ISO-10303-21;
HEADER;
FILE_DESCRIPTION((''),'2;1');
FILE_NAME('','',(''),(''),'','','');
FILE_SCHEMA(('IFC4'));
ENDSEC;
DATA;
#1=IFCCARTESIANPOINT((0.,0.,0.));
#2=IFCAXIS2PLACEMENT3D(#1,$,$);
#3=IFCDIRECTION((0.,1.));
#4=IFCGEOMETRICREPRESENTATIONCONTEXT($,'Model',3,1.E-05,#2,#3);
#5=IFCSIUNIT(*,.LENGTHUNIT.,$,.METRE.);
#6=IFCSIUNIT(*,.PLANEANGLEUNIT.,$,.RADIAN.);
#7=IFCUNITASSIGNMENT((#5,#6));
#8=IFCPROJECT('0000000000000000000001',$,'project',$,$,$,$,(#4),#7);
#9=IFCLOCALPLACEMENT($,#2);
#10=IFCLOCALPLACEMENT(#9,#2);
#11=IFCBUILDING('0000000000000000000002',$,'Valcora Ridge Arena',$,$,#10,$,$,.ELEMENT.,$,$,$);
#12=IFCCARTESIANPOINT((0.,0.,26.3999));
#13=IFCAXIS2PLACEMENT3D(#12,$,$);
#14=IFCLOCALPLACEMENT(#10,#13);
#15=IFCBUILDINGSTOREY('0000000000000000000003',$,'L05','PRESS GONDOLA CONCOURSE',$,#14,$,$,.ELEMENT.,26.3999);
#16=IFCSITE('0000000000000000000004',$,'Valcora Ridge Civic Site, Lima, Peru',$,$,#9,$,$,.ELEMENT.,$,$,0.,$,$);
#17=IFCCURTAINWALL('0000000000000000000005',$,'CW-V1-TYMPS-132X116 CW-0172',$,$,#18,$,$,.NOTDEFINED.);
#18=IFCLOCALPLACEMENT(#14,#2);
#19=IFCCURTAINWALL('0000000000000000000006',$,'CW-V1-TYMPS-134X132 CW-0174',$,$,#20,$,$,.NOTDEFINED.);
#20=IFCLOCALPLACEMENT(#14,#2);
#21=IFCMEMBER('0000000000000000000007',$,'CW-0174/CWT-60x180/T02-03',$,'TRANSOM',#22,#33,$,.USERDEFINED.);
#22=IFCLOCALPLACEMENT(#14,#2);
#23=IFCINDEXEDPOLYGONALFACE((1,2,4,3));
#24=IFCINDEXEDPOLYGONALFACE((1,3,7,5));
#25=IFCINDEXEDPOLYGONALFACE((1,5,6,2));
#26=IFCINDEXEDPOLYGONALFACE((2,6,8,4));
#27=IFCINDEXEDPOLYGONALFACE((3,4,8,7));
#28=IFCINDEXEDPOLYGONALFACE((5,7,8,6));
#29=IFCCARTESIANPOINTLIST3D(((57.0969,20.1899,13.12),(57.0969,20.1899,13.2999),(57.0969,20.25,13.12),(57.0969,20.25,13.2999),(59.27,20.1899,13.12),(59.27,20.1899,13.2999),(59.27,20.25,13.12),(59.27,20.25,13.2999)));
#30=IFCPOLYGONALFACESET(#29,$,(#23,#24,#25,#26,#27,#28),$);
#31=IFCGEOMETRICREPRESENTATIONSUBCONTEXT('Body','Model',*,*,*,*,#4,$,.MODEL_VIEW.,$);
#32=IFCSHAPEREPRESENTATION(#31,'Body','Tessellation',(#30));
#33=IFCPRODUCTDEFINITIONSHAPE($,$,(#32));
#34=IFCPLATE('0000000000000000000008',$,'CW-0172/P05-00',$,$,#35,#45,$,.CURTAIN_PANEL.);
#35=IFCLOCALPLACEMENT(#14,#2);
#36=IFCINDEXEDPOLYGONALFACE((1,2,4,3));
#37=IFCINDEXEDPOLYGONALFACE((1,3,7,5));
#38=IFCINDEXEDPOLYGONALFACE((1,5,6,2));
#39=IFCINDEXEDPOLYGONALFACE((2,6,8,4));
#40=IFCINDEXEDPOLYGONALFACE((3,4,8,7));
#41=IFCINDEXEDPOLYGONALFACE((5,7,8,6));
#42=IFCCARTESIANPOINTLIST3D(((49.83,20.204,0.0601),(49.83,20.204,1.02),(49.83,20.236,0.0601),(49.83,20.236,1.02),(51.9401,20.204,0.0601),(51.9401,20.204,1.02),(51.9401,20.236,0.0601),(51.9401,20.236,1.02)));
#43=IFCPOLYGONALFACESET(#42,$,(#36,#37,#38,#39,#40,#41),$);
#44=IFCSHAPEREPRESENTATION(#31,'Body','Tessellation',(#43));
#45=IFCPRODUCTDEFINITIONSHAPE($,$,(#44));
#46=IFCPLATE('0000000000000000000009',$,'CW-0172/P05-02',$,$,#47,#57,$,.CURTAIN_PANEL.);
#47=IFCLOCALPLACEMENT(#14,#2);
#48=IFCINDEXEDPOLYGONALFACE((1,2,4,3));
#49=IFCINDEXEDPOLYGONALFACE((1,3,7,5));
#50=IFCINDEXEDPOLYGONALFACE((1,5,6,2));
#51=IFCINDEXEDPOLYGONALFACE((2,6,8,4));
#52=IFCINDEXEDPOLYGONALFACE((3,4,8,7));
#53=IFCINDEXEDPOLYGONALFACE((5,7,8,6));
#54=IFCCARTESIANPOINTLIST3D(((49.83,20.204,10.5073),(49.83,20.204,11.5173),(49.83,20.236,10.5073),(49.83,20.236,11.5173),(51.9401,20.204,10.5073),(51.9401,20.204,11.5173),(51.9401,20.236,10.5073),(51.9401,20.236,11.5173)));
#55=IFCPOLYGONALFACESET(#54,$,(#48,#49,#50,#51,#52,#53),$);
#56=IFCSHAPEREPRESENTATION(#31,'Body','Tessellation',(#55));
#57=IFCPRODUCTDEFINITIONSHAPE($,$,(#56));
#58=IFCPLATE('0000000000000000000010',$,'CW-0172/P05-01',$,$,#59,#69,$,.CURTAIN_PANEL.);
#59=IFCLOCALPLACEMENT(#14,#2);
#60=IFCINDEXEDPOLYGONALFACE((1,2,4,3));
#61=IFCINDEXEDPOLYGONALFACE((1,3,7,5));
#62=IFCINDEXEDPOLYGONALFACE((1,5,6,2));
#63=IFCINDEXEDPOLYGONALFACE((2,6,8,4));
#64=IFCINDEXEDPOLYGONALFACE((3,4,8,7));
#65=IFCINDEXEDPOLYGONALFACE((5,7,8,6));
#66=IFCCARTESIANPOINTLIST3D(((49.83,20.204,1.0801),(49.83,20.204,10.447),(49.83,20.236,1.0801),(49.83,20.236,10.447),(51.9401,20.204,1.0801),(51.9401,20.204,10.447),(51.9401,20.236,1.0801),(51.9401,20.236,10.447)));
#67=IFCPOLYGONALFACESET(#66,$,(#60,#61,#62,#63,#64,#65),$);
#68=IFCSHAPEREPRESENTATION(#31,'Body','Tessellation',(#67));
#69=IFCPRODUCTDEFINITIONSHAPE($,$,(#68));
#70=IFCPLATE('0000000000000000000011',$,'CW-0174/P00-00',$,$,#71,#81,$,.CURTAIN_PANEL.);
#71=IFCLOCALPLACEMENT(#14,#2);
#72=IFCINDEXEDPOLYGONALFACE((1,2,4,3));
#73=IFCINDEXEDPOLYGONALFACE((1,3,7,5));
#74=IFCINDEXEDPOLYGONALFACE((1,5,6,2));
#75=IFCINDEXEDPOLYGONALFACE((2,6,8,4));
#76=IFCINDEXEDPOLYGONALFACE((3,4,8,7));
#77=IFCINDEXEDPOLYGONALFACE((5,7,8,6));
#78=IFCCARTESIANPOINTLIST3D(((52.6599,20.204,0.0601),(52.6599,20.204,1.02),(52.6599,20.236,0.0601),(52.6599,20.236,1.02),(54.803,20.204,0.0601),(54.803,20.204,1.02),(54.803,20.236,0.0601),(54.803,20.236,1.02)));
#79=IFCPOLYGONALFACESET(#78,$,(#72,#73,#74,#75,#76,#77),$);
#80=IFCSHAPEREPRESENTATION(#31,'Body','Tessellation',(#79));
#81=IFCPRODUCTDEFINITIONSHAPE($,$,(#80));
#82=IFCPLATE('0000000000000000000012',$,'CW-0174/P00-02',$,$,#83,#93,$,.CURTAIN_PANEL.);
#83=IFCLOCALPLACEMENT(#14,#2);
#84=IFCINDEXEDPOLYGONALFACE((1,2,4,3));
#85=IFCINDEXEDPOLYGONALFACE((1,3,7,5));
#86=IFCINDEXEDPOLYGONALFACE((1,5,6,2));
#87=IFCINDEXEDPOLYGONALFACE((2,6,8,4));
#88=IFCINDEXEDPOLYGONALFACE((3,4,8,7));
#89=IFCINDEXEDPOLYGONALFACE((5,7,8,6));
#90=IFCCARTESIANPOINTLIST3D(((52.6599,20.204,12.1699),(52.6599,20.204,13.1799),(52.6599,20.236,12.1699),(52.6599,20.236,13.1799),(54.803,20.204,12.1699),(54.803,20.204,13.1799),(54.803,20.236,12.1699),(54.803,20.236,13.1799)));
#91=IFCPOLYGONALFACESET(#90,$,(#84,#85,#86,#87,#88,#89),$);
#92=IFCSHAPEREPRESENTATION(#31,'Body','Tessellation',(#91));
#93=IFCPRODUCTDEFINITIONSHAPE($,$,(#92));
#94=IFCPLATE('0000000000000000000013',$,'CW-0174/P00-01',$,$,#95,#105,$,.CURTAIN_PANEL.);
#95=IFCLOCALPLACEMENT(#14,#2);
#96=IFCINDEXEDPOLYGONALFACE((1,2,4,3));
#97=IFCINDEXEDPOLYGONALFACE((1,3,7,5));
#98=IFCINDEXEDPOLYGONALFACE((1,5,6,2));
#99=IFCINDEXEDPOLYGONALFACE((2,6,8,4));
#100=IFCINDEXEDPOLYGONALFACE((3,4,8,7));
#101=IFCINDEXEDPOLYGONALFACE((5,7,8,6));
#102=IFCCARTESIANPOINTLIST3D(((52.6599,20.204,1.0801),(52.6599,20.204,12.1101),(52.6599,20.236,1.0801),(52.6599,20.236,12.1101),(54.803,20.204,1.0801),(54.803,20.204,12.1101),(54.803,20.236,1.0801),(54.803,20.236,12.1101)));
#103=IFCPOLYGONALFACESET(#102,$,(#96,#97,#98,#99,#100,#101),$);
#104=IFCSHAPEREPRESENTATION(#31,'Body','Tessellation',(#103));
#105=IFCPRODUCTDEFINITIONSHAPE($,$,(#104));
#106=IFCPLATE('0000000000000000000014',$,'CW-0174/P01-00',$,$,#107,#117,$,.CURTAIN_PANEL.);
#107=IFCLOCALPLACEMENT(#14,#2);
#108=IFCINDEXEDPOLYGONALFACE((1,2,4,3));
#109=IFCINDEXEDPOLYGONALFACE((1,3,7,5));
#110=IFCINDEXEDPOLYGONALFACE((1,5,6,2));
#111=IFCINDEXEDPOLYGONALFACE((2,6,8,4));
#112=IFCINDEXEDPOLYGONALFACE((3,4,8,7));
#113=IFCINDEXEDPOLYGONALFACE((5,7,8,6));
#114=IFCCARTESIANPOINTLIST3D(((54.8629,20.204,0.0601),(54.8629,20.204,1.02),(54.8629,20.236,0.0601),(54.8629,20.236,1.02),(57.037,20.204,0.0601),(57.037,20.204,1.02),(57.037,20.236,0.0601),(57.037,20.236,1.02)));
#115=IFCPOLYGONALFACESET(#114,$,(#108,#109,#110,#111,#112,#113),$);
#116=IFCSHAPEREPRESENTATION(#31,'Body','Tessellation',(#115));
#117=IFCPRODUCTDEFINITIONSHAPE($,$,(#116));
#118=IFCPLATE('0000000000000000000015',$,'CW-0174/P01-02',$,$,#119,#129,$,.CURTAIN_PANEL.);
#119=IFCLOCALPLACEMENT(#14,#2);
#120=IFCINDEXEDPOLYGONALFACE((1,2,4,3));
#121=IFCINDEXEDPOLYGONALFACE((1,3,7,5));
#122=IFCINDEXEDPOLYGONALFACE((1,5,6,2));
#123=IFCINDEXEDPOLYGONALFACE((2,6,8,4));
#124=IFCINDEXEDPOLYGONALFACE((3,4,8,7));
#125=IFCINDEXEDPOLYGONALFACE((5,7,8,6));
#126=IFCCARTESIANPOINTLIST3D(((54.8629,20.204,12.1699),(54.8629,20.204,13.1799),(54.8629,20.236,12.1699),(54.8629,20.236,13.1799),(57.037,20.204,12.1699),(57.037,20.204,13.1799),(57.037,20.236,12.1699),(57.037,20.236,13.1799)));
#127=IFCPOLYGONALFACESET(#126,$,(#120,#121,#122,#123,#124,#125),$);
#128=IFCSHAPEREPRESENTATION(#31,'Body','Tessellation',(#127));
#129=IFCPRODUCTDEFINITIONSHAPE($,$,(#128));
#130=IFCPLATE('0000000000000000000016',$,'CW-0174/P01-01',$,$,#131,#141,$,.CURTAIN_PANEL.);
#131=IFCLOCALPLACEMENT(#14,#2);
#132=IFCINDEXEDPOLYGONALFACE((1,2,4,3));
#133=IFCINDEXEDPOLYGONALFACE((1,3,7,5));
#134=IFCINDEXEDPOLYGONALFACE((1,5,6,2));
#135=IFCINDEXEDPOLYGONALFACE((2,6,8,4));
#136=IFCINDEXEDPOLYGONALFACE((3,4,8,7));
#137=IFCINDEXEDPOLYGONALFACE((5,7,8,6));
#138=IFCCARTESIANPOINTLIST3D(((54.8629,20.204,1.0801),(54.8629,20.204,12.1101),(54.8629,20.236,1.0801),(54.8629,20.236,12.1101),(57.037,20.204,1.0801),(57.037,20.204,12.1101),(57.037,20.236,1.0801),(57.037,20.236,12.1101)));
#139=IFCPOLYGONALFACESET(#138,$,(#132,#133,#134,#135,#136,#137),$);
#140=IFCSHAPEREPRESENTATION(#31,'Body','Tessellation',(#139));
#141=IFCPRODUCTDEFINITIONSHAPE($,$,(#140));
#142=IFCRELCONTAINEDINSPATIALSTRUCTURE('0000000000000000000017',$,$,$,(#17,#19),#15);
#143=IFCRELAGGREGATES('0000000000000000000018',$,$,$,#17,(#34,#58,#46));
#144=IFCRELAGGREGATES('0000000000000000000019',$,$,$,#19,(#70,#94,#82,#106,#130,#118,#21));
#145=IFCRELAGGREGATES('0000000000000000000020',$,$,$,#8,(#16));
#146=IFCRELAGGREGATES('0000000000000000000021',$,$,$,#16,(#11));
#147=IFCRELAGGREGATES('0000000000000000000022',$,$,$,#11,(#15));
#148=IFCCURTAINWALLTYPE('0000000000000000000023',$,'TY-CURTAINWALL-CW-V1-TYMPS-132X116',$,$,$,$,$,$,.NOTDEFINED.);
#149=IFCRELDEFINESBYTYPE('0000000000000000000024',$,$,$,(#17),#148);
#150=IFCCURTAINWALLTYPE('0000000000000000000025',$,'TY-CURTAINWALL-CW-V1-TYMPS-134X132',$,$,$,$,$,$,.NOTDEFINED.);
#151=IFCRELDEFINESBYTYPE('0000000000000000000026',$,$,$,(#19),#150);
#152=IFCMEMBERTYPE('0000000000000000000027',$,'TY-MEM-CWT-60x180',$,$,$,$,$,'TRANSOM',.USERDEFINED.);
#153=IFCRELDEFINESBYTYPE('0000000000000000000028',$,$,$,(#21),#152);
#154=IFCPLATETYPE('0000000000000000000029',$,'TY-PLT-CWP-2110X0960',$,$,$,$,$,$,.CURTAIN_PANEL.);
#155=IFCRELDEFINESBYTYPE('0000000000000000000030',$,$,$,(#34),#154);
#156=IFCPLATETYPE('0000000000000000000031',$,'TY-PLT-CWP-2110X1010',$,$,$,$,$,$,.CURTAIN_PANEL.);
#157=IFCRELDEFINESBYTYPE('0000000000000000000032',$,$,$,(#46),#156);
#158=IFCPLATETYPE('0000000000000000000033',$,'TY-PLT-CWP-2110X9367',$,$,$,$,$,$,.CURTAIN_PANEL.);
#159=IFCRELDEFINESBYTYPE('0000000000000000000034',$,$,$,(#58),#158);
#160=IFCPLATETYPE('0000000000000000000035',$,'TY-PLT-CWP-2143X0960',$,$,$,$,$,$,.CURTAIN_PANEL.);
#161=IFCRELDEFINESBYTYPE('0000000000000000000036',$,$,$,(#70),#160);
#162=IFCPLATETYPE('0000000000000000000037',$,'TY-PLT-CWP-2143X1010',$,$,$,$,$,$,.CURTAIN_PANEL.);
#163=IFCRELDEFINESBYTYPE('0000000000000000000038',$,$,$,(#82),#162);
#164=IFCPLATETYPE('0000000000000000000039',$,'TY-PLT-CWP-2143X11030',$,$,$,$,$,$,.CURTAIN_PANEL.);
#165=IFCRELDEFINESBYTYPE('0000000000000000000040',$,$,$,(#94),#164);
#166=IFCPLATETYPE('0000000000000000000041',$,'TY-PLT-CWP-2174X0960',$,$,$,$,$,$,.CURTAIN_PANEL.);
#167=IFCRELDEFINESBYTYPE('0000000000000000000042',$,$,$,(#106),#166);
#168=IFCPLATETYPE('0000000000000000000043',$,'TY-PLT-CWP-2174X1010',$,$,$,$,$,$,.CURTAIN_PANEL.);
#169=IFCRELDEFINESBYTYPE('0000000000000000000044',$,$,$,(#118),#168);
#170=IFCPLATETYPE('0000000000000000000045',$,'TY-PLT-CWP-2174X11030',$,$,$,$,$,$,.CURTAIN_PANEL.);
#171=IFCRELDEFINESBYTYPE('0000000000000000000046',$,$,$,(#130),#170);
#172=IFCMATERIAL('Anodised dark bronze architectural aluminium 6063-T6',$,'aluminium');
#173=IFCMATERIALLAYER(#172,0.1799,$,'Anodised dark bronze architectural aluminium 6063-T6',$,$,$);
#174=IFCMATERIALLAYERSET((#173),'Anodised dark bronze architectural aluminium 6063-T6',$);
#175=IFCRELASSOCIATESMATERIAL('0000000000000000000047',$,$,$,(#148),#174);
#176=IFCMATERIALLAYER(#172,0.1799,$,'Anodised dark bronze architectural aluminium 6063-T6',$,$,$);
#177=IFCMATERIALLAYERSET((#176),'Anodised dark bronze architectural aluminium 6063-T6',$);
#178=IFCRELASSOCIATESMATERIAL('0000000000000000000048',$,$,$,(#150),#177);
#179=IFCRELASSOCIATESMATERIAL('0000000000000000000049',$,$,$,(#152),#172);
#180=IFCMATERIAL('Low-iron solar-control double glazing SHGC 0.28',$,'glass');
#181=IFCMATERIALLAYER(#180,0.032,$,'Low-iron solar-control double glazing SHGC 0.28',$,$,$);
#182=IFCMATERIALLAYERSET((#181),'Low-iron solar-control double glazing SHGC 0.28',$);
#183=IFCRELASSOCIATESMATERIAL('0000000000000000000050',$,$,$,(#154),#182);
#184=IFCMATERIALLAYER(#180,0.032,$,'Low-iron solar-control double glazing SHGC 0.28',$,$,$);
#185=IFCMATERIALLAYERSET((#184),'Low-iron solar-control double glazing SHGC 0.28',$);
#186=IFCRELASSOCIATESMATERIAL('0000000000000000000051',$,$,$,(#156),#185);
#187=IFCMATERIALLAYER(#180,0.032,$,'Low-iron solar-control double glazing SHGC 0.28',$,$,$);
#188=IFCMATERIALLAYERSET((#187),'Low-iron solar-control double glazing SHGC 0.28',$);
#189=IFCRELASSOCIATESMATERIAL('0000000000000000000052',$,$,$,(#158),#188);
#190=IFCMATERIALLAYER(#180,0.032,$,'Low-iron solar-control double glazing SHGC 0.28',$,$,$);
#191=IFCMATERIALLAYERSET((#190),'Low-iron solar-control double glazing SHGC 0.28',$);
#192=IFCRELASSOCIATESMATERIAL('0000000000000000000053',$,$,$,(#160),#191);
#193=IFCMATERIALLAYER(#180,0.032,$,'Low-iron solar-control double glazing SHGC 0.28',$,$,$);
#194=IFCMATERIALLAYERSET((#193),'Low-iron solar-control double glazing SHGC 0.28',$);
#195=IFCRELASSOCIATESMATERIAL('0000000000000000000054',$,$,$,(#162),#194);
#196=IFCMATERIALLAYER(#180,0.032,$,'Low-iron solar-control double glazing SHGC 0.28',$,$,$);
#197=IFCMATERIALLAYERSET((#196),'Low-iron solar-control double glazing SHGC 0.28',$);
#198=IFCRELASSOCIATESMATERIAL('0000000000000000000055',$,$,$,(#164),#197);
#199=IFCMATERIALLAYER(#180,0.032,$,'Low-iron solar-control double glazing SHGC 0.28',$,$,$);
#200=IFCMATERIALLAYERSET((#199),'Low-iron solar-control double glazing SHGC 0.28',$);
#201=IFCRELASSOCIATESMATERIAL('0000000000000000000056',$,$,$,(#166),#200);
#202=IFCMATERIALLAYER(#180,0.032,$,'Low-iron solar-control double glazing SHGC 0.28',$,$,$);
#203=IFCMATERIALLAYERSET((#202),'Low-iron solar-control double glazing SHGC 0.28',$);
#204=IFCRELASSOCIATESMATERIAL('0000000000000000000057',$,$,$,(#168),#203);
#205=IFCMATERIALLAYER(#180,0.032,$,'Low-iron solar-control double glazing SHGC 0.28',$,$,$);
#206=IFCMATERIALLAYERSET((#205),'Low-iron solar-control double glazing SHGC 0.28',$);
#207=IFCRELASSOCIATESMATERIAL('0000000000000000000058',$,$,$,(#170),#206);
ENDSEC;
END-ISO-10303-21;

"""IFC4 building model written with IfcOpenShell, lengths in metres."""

from ifc_helpers import new_model, si_unit, direction, frame, origin, origin_2d, place, context, subcontext, project, spatial, rectangle, extrude, material, layer, layer_set, material_profile, profile_set, type_object, element, aggregate, save


model = new_model("IFC4")

# Units and contexts
model_context = context("Model", 3, precision=1e-05, world=origin(), true_north=direction((0.0, 1.0)))
body_context = subcontext(model_context, "Body", "Model", "MODEL_VIEW")
ifc_project = project(units=[si_unit("LENGTHUNIT", "METRE"), si_unit("PLANEANGLEUNIT", "RADIAN")], contexts=[model_context])

# Site, building, storey
site_placement = place(None, origin())
site = spatial("IfcSite", under=ifc_project, at=site_placement, Name="Valcora Ridge Civic Site, Lima, Peru", CompositionType="ELEMENT", RefElevation=0.0)
building_placement = place(site_placement, origin())
building = spatial("IfcBuilding", under=site, at=building_placement, Name="Valcora Ridge Arena", CompositionType="ELEMENT")
storey_placement = place(building_placement, frame((0.0, 0.0, 26.3999)))
storey = spatial("IfcBuildingStorey", under=building, at=storey_placement, Name="L05", Description="PRESS GONDOLA CONCOURSE", CompositionType="ELEMENT", Elevation=26.3999)

# Curtain wall
ifc_material_1 = material(Name="Anodised dark bronze architectural aluminium 6063-T6", Category="aluminium")
ifc_layer_1 = layer(ifc_material_1, 0.1799, Name="Anodised dark bronze architectural aluminium 6063-T6")
ifc_layer_set_1 = layer_set([ifc_layer_1], Name="Anodised dark bronze architectural aluminium 6063-T6")
curtain_wall_type_1 = type_object("IfcCurtainWallType", Name="TY-CURTAINWALL-CW-V1-TYMPS-132X116", PredefinedType="NOTDEFINED", material=ifc_layer_set_1)
curtain_wall_1_placement = place(storey_placement, origin())
curtain_wall_1 = element("IfcCurtainWall", 1, at=curtain_wall_1_placement, inside=storey, type_object=curtain_wall_type_1, Name="CW-V1-TYMPS-132X116 CW-0172", PredefinedType="NOTDEFINED")

# Curtain wall, member
ifc_layer_2 = layer(ifc_material_1, 0.1799, Name="Anodised dark bronze architectural aluminium 6063-T6")
ifc_layer_set_2 = layer_set([ifc_layer_2], Name="Anodised dark bronze architectural aluminium 6063-T6")
curtain_wall_type_2 = type_object("IfcCurtainWallType", Name="TY-CURTAINWALL-CW-V1-TYMPS-134X132", PredefinedType="NOTDEFINED", material=ifc_layer_set_2)
curtain_wall_2_placement = place(storey_placement, origin())
curtain_wall_2 = element("IfcCurtainWall", 2, at=curtain_wall_2_placement, inside=storey, type_object=curtain_wall_type_2, Name="CW-V1-TYMPS-134X132 CW-0174", PredefinedType="NOTDEFINED")
ifc_material_profile_1 = material_profile(ifc_material_1, rectangle(XDim=0.0601, YDim=0.1799, at=origin_2d()), Name="ALU TRANSOM 60x180")
ifc_profile_set_1 = profile_set([ifc_material_profile_1], Name="Anodised dark bronze architectural aluminium 6063-T6")
member_type_1 = type_object("IfcMemberType", Name="TY-MEM-CWT-60x180", ElementType="TRANSOM", PredefinedType="USERDEFINED", material=ifc_profile_set_1)
member_1_placement = place(storey_placement, frame((57.0969, 20.22, 13.21), z_axis=(1.0, 0.0, 0.0), x_axis=(0.0, 1.0, 0.0)))
member_1 = element("IfcMember", 3, at=member_1_placement, type_object=member_type_1, Name="CW-0174/CWT-60x180/T02-03", ObjectType="TRANSOM", PredefinedType="USERDEFINED", context=body_context, shape_type="SweptSolid", body=[
    extrude(rectangle(XDim=0.0601, YDim=0.1799, at=origin_2d()), origin(), (0.0, 0.0, 1.0), 2.1731),
])

# Plates
ifc_material_2 = material(Name="Low-iron solar-control double glazing SHGC 0.28", Category="glass")
ifc_layer_3 = layer(ifc_material_2, 0.032, Name="Low-iron solar-control double glazing SHGC 0.28")
ifc_layer_set_3 = layer_set([ifc_layer_3], Name="Low-iron solar-control double glazing SHGC 0.28")
plate_type_1 = type_object("IfcPlateType", Name="TY-PLT-CWP-2110X0960", PredefinedType="CURTAIN_PANEL", material=ifc_layer_set_3)
plate_1_placement = place(storey_placement, frame((50.885, 20.22, 0.0601), z_axis=(0.0, 0.0, 1.0), x_axis=(1.0, 0.0, 0.0)))
plate_1 = element("IfcPlate", 4, at=plate_1_placement, type_object=plate_type_1, Name="CW-0172/P05-00", PredefinedType="CURTAIN_PANEL", context=body_context, shape_type="SweptSolid", body=[
    extrude(rectangle(XDim=2.1101, YDim=0.032, at=origin_2d()), origin(), (0.0, 0.0, 1.0), 0.96),
])
ifc_layer_4 = layer(ifc_material_2, 0.032, Name="Low-iron solar-control double glazing SHGC 0.28")
ifc_layer_set_4 = layer_set([ifc_layer_4], Name="Low-iron solar-control double glazing SHGC 0.28")
plate_type_2 = type_object("IfcPlateType", Name="TY-PLT-CWP-2110X1010", PredefinedType="CURTAIN_PANEL", material=ifc_layer_set_4)
plate_2_placement = place(storey_placement, frame((50.885, 20.22, 10.5073), z_axis=(0.0, 0.0, 1.0), x_axis=(1.0, 0.0, 0.0)))
plate_2 = element("IfcPlate", 5, at=plate_2_placement, type_object=plate_type_2, Name="CW-0172/P05-02", PredefinedType="CURTAIN_PANEL", context=body_context, shape_type="SweptSolid", body=[
    extrude(rectangle(XDim=2.1101, YDim=0.032, at=origin_2d()), origin(), (0.0, 0.0, 1.0), 1.01),
])
ifc_layer_5 = layer(ifc_material_2, 0.032, Name="Low-iron solar-control double glazing SHGC 0.28")
ifc_layer_set_5 = layer_set([ifc_layer_5], Name="Low-iron solar-control double glazing SHGC 0.28")
plate_type_3 = type_object("IfcPlateType", Name="TY-PLT-CWP-2110X9367", PredefinedType="CURTAIN_PANEL", material=ifc_layer_set_5)
plate_3_placement = place(storey_placement, frame((50.885, 20.22, 1.0801), z_axis=(0.0, 0.0, 1.0), x_axis=(1.0, 0.0, 0.0)))
plate_3 = element("IfcPlate", 6, at=plate_3_placement, type_object=plate_type_3, Name="CW-0172/P05-01", PredefinedType="CURTAIN_PANEL", context=body_context, shape_type="SweptSolid", body=[
    extrude(rectangle(XDim=2.1101, YDim=0.032, at=origin_2d()), origin(), (0.0, 0.0, 1.0), 9.3669),
])
aggregate(curtain_wall_1, [plate_1, plate_3, plate_2])
ifc_layer_6 = layer(ifc_material_2, 0.032, Name="Low-iron solar-control double glazing SHGC 0.28")
ifc_layer_set_6 = layer_set([ifc_layer_6], Name="Low-iron solar-control double glazing SHGC 0.28")
plate_type_4 = type_object("IfcPlateType", Name="TY-PLT-CWP-2143X0960", PredefinedType="CURTAIN_PANEL", material=ifc_layer_set_6)
plate_4_placement = place(storey_placement, frame((53.7314, 20.22, 0.0601), z_axis=(0.0, 0.0, 1.0), x_axis=(1.0, 0.0, 0.0)))
plate_4 = element("IfcPlate", 7, at=plate_4_placement, type_object=plate_type_4, Name="CW-0174/P00-00", PredefinedType="CURTAIN_PANEL", context=body_context, shape_type="SweptSolid", body=[
    extrude(rectangle(XDim=2.1431, YDim=0.032, at=origin_2d()), origin(), (0.0, 0.0, 1.0), 0.96),
])
ifc_layer_7 = layer(ifc_material_2, 0.032, Name="Low-iron solar-control double glazing SHGC 0.28")
ifc_layer_set_7 = layer_set([ifc_layer_7], Name="Low-iron solar-control double glazing SHGC 0.28")
plate_type_5 = type_object("IfcPlateType", Name="TY-PLT-CWP-2143X1010", PredefinedType="CURTAIN_PANEL", material=ifc_layer_set_7)
plate_5_placement = place(storey_placement, frame((53.7314, 20.22, 12.1699), z_axis=(0.0, 0.0, 1.0), x_axis=(1.0, 0.0, 0.0)))
plate_5 = element("IfcPlate", 8, at=plate_5_placement, type_object=plate_type_5, Name="CW-0174/P00-02", PredefinedType="CURTAIN_PANEL", context=body_context, shape_type="SweptSolid", body=[
    extrude(rectangle(XDim=2.1431, YDim=0.032, at=origin_2d()), origin(), (0.0, 0.0, 1.0), 1.01),
])
ifc_layer_8 = layer(ifc_material_2, 0.032, Name="Low-iron solar-control double glazing SHGC 0.28")
ifc_layer_set_8 = layer_set([ifc_layer_8], Name="Low-iron solar-control double glazing SHGC 0.28")
plate_type_6 = type_object("IfcPlateType", Name="TY-PLT-CWP-2143X11030", PredefinedType="CURTAIN_PANEL", material=ifc_layer_set_8)
plate_6_placement = place(storey_placement, frame((53.7314, 20.22, 1.0801), z_axis=(0.0, 0.0, 1.0), x_axis=(1.0, 0.0, 0.0)))
plate_6 = element("IfcPlate", 9, at=plate_6_placement, type_object=plate_type_6, Name="CW-0174/P00-01", PredefinedType="CURTAIN_PANEL", context=body_context, shape_type="SweptSolid", body=[
    extrude(rectangle(XDim=2.1431, YDim=0.032, at=origin_2d()), origin(), (0.0, 0.0, 1.0), 11.03),
])
ifc_layer_9 = layer(ifc_material_2, 0.032, Name="Low-iron solar-control double glazing SHGC 0.28")
ifc_layer_set_9 = layer_set([ifc_layer_9], Name="Low-iron solar-control double glazing SHGC 0.28")
plate_type_7 = type_object("IfcPlateType", Name="TY-PLT-CWP-2174X0960", PredefinedType="CURTAIN_PANEL", material=ifc_layer_set_9)
plate_7_placement = place(storey_placement, frame((55.95, 20.22, 0.0601), z_axis=(0.0, 0.0, 1.0), x_axis=(1.0, 0.0, 0.0)))
plate_7 = element("IfcPlate", 10, at=plate_7_placement, type_object=plate_type_7, Name="CW-0174/P01-00", PredefinedType="CURTAIN_PANEL", context=body_context, shape_type="SweptSolid", body=[
    extrude(rectangle(XDim=2.1741, YDim=0.032, at=origin_2d()), origin(), (0.0, 0.0, 1.0), 0.96),
])
ifc_layer_10 = layer(ifc_material_2, 0.032, Name="Low-iron solar-control double glazing SHGC 0.28")
ifc_layer_set_10 = layer_set([ifc_layer_10], Name="Low-iron solar-control double glazing SHGC 0.28")
plate_type_8 = type_object("IfcPlateType", Name="TY-PLT-CWP-2174X1010", PredefinedType="CURTAIN_PANEL", material=ifc_layer_set_10)
plate_8_placement = place(storey_placement, frame((55.95, 20.22, 12.1699), z_axis=(0.0, 0.0, 1.0), x_axis=(1.0, 0.0, 0.0)))
plate_8 = element("IfcPlate", 11, at=plate_8_placement, type_object=plate_type_8, Name="CW-0174/P01-02", PredefinedType="CURTAIN_PANEL", context=body_context, shape_type="SweptSolid", body=[
    extrude(rectangle(XDim=2.1741, YDim=0.032, at=origin_2d()), origin(), (0.0, 0.0, 1.0), 1.01),
])
ifc_layer_11 = layer(ifc_material_2, 0.032, Name="Low-iron solar-control double glazing SHGC 0.28")
ifc_layer_set_11 = layer_set([ifc_layer_11], Name="Low-iron solar-control double glazing SHGC 0.28")
plate_type_9 = type_object("IfcPlateType", Name="TY-PLT-CWP-2174X11030", PredefinedType="CURTAIN_PANEL", material=ifc_layer_set_11)
plate_9_placement = place(storey_placement, frame((55.95, 20.22, 1.0801), z_axis=(0.0, 0.0, 1.0), x_axis=(1.0, 0.0, 0.0)))
plate_9 = element("IfcPlate", 12, at=plate_9_placement, type_object=plate_type_9, Name="CW-0174/P01-01", PredefinedType="CURTAIN_PANEL", context=body_context, shape_type="SweptSolid", body=[
    extrude(rectangle(XDim=2.1741, YDim=0.032, at=origin_2d()), origin(), (0.0, 0.0, 1.0), 11.03),
])
aggregate(curtain_wall_2, [plate_4, plate_6, plate_5, plate_7, plate_9, plate_8, member_1])

save(model, "model.ifc")
